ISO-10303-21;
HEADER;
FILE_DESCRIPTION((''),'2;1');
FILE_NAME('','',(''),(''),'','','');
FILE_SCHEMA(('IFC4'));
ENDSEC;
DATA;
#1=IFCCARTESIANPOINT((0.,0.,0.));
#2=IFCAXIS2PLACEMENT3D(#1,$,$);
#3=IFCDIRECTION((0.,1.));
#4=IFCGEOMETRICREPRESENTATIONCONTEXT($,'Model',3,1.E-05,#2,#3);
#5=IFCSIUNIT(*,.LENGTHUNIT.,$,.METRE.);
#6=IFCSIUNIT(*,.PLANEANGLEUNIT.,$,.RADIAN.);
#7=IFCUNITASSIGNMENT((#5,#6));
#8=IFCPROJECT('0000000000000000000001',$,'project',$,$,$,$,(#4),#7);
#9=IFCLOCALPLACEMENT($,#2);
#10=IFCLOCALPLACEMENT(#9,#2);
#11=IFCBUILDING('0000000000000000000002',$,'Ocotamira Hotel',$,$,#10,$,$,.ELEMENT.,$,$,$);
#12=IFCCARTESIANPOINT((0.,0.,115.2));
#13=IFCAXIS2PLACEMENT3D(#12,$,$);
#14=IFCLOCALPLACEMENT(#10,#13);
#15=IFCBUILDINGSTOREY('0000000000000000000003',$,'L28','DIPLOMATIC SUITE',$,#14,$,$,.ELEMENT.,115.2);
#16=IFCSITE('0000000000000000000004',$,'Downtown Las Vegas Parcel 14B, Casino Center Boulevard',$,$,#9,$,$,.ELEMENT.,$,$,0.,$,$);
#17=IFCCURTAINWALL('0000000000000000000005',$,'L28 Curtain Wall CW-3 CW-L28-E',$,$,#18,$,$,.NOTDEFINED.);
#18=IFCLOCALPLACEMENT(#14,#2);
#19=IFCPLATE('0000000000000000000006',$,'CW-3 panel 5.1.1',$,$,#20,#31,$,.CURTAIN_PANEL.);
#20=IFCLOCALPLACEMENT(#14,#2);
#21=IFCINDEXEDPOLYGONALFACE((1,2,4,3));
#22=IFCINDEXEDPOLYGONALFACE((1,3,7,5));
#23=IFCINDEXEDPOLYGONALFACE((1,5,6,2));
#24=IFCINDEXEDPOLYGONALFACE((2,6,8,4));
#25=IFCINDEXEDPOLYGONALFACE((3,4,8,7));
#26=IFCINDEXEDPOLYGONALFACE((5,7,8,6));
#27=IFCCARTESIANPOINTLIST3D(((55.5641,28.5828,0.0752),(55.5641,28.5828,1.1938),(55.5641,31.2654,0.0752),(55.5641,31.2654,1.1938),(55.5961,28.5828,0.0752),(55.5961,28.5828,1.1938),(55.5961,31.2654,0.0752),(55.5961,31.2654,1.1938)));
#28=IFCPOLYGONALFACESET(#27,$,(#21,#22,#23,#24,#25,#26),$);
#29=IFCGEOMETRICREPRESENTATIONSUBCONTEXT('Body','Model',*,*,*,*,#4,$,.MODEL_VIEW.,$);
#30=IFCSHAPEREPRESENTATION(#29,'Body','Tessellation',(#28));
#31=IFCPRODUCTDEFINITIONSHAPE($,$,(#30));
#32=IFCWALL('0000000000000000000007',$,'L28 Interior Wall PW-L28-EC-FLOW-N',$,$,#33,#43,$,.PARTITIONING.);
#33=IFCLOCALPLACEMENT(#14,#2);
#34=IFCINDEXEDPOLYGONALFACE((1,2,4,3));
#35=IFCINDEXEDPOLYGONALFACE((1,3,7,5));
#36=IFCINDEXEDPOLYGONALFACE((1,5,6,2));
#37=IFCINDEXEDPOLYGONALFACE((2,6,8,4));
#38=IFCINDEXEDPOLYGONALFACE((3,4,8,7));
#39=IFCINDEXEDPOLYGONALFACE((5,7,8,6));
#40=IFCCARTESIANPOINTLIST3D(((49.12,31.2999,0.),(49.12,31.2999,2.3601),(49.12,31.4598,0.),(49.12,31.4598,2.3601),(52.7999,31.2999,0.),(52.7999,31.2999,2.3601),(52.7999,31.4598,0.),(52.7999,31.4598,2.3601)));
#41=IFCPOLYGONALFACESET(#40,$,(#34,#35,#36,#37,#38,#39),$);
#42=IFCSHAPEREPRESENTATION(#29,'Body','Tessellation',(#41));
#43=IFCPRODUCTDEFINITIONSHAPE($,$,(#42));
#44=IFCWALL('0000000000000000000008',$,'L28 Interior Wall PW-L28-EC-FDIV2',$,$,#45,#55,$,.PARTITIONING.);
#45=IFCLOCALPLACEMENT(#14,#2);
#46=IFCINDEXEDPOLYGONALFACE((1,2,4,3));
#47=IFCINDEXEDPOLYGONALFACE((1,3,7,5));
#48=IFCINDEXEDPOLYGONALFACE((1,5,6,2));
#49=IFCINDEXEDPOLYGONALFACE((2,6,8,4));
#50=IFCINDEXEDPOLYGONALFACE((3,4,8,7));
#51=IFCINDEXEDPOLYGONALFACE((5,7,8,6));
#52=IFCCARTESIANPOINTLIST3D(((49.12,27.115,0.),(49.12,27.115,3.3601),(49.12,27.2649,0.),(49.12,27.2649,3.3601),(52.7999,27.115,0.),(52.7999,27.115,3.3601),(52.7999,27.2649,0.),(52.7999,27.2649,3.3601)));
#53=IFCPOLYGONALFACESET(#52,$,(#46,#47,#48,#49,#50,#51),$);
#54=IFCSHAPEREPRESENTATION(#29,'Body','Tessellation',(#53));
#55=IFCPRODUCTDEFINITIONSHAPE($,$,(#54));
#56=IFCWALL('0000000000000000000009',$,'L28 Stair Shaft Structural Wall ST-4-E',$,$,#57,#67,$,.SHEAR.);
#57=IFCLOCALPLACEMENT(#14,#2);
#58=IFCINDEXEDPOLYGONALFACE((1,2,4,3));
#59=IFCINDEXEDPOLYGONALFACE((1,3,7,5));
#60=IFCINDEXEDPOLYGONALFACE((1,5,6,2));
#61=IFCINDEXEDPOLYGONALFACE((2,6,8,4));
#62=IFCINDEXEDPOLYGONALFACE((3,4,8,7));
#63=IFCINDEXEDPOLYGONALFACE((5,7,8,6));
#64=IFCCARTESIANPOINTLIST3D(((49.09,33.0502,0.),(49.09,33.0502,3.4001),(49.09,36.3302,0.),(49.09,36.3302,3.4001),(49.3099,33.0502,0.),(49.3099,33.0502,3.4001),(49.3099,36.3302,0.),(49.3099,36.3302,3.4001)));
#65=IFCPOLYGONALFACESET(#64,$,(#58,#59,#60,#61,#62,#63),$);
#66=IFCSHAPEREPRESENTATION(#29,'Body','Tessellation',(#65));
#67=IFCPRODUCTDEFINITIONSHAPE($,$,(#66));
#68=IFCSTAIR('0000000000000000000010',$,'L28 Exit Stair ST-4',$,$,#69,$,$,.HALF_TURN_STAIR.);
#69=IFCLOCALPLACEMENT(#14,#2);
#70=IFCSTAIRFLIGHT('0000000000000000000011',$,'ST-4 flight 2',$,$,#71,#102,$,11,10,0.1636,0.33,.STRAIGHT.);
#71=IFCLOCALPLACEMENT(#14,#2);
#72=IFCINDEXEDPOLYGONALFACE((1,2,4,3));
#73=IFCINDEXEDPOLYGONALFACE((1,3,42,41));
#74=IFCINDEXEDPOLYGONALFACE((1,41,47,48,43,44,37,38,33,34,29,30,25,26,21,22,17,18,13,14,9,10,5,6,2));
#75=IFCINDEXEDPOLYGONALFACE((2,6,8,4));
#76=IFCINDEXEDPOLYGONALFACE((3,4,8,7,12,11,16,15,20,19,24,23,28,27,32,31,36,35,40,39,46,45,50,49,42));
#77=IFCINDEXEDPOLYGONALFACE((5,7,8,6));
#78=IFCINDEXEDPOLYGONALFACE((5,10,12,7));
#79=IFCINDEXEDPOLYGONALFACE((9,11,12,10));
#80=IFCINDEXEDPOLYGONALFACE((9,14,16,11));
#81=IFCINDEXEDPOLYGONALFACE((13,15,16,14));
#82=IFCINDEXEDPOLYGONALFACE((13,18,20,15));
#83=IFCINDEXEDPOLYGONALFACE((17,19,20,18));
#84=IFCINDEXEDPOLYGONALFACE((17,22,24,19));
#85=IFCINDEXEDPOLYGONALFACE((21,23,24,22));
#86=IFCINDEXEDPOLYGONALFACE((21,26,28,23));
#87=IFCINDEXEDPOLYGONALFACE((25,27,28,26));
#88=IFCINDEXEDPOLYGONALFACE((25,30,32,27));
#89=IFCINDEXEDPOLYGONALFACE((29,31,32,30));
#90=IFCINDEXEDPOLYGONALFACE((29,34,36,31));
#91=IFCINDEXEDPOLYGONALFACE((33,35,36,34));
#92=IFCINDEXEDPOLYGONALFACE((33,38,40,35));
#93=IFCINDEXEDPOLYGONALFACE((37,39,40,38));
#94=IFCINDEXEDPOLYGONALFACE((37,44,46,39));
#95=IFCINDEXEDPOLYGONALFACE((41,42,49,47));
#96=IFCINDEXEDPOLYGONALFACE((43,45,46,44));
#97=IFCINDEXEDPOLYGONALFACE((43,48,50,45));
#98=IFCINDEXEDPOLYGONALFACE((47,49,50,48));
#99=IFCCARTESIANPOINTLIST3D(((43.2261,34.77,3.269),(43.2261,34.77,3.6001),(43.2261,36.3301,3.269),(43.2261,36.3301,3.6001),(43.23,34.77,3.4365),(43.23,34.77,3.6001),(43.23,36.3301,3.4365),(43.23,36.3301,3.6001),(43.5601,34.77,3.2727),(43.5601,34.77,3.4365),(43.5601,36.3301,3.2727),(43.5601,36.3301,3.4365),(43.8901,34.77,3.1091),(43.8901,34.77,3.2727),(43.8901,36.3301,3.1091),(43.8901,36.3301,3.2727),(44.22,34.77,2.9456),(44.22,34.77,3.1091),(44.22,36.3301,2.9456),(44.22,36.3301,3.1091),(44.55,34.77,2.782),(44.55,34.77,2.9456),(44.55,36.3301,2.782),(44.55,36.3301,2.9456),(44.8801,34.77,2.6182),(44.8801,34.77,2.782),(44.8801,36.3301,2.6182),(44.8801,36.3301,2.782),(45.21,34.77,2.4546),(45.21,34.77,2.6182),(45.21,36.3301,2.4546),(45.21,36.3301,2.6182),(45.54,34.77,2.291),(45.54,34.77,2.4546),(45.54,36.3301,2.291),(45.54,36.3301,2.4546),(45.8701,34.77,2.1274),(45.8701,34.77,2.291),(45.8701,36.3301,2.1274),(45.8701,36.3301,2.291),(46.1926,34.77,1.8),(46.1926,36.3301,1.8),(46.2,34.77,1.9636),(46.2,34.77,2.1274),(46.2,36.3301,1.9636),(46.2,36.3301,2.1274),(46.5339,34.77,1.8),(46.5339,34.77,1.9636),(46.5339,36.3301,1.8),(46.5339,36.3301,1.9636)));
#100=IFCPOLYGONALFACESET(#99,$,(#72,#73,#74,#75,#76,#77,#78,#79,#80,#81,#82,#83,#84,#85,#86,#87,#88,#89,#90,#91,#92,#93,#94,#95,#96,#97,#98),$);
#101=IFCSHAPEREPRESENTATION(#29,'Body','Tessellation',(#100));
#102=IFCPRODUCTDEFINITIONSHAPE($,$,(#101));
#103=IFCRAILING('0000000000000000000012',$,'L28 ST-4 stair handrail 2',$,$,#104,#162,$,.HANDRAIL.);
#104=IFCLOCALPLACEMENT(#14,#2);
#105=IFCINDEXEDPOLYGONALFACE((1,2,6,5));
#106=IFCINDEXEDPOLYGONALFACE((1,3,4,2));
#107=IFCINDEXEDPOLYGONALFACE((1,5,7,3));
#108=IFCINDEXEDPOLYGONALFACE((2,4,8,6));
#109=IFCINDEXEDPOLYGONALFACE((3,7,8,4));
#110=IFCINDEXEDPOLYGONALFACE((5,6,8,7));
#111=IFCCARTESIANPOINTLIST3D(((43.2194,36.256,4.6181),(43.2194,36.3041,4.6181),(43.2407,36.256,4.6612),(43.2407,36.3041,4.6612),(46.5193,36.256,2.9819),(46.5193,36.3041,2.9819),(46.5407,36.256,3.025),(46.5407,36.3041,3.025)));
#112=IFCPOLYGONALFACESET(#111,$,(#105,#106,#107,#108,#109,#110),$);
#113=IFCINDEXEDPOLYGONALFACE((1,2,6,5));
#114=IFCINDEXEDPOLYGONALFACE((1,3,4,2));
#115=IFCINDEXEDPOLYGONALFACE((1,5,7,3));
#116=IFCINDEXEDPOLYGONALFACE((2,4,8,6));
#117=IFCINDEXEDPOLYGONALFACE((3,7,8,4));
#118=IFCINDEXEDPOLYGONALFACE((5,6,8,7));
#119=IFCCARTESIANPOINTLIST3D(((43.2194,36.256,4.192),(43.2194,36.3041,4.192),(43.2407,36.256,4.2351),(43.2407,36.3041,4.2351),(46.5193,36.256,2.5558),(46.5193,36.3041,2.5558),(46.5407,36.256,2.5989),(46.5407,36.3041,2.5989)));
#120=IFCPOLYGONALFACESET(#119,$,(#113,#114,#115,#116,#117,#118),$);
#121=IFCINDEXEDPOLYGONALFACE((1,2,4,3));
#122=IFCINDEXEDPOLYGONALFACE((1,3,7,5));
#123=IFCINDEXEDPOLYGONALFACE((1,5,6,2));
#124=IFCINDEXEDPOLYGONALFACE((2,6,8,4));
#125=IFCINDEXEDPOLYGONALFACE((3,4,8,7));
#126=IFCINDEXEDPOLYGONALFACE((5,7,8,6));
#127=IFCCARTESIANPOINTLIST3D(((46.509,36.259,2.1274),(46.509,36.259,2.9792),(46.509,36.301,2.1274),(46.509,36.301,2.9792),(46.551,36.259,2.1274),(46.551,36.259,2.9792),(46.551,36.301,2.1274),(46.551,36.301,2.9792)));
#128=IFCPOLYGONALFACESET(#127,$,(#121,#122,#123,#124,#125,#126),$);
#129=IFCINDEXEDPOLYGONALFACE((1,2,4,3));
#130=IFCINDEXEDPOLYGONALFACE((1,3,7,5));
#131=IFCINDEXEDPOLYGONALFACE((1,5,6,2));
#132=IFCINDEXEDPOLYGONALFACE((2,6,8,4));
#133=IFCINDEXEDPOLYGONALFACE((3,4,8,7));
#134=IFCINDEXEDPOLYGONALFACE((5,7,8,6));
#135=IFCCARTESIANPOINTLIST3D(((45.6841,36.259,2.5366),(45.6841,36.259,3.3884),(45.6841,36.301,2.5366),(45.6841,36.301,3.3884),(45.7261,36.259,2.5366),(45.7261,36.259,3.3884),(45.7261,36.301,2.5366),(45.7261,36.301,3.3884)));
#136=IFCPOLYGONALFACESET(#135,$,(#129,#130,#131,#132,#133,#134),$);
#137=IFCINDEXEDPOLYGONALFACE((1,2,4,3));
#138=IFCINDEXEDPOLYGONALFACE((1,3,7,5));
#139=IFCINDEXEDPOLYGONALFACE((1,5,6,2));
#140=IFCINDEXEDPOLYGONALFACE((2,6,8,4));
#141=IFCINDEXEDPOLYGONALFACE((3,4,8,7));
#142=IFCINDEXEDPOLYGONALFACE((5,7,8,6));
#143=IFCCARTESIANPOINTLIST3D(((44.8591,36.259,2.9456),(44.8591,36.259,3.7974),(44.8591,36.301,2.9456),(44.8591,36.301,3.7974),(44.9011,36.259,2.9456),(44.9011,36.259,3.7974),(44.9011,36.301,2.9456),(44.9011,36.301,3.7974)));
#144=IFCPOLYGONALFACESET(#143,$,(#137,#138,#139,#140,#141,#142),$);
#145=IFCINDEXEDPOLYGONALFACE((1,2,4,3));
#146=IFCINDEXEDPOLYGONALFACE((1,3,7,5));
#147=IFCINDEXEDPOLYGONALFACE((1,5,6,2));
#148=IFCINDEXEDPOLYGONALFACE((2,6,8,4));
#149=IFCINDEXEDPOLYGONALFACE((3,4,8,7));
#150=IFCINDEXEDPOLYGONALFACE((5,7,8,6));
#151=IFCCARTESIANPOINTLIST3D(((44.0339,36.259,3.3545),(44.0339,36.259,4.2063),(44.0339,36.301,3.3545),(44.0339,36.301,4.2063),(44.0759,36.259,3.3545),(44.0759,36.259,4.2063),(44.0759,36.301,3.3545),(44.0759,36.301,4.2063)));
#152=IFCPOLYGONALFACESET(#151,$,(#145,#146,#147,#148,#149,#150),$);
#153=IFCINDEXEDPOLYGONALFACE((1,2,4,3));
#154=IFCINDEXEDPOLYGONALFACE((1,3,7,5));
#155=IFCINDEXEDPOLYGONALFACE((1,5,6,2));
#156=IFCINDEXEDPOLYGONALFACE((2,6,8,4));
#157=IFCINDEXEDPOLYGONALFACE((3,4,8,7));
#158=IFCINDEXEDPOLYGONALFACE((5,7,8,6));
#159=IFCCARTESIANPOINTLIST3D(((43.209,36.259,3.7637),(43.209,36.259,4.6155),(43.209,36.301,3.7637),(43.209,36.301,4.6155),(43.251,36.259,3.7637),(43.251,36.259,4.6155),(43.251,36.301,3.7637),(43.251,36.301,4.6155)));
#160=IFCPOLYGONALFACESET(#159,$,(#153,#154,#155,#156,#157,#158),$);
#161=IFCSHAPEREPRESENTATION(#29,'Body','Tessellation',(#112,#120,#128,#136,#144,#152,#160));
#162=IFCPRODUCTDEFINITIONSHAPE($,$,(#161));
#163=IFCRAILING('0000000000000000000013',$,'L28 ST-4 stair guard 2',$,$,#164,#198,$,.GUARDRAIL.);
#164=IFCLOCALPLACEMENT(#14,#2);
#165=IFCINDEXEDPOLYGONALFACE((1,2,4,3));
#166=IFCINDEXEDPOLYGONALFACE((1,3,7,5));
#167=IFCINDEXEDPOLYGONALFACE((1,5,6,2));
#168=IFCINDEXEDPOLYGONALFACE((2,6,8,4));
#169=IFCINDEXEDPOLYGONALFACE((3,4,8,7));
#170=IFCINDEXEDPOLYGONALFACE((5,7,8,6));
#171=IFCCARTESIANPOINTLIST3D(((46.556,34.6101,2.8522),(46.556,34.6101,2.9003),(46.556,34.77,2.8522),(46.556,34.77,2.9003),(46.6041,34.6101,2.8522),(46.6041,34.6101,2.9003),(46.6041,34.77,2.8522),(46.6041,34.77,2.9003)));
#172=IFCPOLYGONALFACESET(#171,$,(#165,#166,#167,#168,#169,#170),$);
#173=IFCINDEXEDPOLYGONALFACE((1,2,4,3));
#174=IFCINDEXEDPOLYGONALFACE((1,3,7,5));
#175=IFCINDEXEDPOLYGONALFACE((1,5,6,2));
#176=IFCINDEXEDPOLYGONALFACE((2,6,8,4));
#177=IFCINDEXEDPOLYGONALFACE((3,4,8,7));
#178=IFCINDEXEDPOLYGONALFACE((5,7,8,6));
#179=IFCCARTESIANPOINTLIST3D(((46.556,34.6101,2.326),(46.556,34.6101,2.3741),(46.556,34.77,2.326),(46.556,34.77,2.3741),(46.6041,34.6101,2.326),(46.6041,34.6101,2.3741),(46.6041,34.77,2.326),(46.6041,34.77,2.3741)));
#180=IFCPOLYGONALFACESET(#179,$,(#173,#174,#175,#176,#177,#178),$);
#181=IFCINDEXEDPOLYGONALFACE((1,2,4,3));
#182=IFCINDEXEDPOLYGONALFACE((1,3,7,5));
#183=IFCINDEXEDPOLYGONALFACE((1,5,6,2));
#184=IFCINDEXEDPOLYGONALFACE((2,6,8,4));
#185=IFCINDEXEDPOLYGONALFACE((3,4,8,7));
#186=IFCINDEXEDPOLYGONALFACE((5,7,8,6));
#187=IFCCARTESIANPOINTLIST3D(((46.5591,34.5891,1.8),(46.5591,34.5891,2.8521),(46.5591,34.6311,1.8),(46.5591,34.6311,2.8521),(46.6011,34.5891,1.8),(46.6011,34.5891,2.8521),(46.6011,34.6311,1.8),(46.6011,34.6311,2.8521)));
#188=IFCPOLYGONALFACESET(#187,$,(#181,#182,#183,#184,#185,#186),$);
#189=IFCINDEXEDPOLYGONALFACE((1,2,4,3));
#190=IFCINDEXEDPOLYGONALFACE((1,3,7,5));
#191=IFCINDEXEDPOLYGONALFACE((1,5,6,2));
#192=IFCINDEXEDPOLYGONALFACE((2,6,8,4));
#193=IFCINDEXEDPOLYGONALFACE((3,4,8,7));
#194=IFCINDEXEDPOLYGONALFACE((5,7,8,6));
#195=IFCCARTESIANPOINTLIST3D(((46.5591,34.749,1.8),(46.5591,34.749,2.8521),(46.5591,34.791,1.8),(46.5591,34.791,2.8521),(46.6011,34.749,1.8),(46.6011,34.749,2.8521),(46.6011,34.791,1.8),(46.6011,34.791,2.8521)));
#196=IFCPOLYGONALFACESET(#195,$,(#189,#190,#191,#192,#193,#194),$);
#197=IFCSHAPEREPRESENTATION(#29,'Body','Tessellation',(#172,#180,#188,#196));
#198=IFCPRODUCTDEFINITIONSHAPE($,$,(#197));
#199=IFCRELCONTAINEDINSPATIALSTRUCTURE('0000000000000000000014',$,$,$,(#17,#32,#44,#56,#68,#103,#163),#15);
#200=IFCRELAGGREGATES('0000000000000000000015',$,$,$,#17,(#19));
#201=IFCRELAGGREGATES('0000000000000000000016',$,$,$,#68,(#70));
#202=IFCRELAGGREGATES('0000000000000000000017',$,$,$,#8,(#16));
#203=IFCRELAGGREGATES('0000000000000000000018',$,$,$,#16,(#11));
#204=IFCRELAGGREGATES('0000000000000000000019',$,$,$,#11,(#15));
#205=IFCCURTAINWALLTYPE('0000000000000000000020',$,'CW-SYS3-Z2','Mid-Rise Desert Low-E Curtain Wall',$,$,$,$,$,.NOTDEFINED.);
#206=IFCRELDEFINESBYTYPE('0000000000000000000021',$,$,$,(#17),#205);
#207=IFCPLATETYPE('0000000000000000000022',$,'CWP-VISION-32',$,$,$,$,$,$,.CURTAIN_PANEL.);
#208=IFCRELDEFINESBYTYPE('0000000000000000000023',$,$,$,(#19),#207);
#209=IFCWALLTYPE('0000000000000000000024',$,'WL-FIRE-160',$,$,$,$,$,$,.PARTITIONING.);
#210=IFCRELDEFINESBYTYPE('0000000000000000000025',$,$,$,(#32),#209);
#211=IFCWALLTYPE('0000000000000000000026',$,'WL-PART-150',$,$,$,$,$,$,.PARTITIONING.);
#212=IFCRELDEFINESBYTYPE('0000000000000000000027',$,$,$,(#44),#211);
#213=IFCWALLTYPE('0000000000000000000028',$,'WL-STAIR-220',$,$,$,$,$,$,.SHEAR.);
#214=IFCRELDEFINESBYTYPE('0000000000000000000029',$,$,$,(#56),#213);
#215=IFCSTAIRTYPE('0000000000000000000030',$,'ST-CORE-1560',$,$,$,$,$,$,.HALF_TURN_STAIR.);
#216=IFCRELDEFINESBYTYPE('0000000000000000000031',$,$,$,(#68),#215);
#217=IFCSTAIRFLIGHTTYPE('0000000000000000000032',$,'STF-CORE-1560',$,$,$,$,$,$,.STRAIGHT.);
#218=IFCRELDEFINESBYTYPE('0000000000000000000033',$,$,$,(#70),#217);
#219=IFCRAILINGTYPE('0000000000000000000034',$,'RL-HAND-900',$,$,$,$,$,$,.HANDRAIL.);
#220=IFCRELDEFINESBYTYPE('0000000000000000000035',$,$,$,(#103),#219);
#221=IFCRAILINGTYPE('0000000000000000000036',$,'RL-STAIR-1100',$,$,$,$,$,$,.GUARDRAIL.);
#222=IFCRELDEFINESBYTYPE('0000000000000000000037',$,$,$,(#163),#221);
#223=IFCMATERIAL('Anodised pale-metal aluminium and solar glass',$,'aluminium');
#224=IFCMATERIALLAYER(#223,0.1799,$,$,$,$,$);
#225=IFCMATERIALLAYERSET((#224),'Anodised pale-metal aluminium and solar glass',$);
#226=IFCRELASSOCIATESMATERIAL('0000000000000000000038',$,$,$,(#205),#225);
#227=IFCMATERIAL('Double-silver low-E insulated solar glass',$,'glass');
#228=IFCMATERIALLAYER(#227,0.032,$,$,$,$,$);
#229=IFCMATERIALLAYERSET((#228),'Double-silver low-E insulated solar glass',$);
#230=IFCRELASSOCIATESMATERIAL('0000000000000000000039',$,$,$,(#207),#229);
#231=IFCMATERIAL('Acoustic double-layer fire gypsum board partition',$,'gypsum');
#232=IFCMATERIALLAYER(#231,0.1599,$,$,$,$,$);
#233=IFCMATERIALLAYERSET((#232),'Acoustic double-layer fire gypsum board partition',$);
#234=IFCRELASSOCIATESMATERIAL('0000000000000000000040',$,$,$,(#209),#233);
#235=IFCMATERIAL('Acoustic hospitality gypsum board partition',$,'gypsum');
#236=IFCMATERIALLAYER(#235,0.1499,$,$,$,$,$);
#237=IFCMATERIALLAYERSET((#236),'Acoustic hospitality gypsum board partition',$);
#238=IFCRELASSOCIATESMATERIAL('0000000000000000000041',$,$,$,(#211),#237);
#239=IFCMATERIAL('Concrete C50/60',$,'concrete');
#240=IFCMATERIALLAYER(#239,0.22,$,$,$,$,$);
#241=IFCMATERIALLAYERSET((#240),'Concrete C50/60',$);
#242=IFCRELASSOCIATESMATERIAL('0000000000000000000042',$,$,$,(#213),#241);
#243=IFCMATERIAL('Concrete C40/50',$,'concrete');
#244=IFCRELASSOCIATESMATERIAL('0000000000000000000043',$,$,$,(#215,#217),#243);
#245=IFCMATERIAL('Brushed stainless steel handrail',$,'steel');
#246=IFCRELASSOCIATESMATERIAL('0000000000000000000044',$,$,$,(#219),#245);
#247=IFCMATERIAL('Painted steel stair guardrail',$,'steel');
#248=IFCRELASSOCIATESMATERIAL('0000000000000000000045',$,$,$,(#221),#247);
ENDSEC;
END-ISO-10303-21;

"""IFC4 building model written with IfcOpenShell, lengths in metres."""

from ifc_helpers import new_model, si_unit, direction, frame, frame_2d, origin, origin_2d, place, context, subcontext, project, spatial, polyline, rectangle, outline, extrude, source, transform, mapped, material, layer, layer_set, type_object, element, aggregate, save


model = new_model("IFC4")

# Units and contexts
model_context = context("Model", 3, precision=1e-05, world=origin(), true_north=direction((0.0, 1.0)))
body_context = subcontext(model_context, "Body", "Model", "MODEL_VIEW")
ifc_project = project(units=[si_unit("LENGTHUNIT", "METRE"), si_unit("PLANEANGLEUNIT", "RADIAN")], contexts=[model_context])

# Site, building, storey
site_placement = place(None, origin())
site = spatial("IfcSite", under=ifc_project, at=site_placement, Name="Downtown Las Vegas Parcel 14B, Casino Center Boulevard", CompositionType="ELEMENT", RefElevation=0.0)
building_placement = place(site_placement, origin())
building = spatial("IfcBuilding", under=site, at=building_placement, Name="Ocotamira Hotel", CompositionType="ELEMENT")
storey_placement = place(building_placement, frame((0.0, 0.0, 115.2)))
storey = spatial("IfcBuildingStorey", under=building, at=storey_placement, Name="L28", Description="DIPLOMATIC SUITE", CompositionType="ELEMENT", Elevation=115.2)

# Curtain wall
ifc_material_1 = material(Name="Anodised pale-metal aluminium and solar glass", Category="aluminium")
ifc_layer_1 = layer(ifc_material_1, 0.1799)
ifc_layer_set_1 = layer_set([ifc_layer_1], Name="Anodised pale-metal aluminium and solar glass")
curtain_wall_type = type_object("IfcCurtainWallType", Name="CW-SYS3-Z2", Description="Mid-Rise Desert Low-E Curtain Wall", PredefinedType="NOTDEFINED", material=ifc_layer_set_1)
curtain_wall_placement = place(storey_placement, origin())
curtain_wall = element("IfcCurtainWall", 1, at=curtain_wall_placement, inside=storey, type_object=curtain_wall_type, Name="L28 Curtain Wall CW-3 CW-L28-E", PredefinedType="NOTDEFINED")

# Plate
ifc_material_2 = material(Name="Double-silver low-E insulated solar glass", Category="glass")
ifc_layer_2 = layer(ifc_material_2, 0.032)
ifc_layer_set_2 = layer_set([ifc_layer_2], Name="Double-silver low-E insulated solar glass")
plate_type_1 = type_object("IfcPlateType", Name="CWP-VISION-32", PredefinedType="CURTAIN_PANEL", material=ifc_layer_set_2)
shared_shape_1 = source(origin(), body_context, "Body", "SweptSolid", [
    extrude(rectangle(XDim=2.6826, YDim=0.032, at=origin_2d()), origin(), (0.0, 0.0, 1.0), 1.1187),
])
plate_1_placement = place(storey_placement, frame((55.5801, 29.9241, 0.0752), z_axis=(0.0, 0.0, 1.0), x_axis=(0.0, 1.0, 0.0)))
plate_1 = element("IfcPlate", 2, at=plate_1_placement, type_object=plate_type_1, Name="CW-3 panel 5.1.1", PredefinedType="CURTAIN_PANEL", context=body_context, shape_type="MappedRepresentation", body=[
    mapped(shared_shape_1, transform((0.0, 0.0, 0.0), scale=1.0)),
])
aggregate(curtain_wall, [plate_1])

# Walls
ifc_material_3 = material(Name="Acoustic double-layer fire gypsum board partition", Category="gypsum")
ifc_layer_3 = layer(ifc_material_3, 0.1599)
ifc_layer_set_3 = layer_set([ifc_layer_3], Name="Acoustic double-layer fire gypsum board partition")
wall_type_1 = type_object("IfcWallType", Name="WL-FIRE-160", PredefinedType="PARTITIONING", material=ifc_layer_set_3)
wall_1_placement = place(storey_placement, frame((49.1201, 31.3799, 0.0), z_axis=(0.0, 0.0, 1.0), x_axis=(1.0, 0.0, 0.0)))
element("IfcWall", 3, at=wall_1_placement, inside=storey, type_object=wall_type_1, Name="L28 Interior Wall PW-L28-EC-FLOW-N", PredefinedType="PARTITIONING", context=body_context, shape_type="SweptSolid", body=[
    extrude(rectangle(XDim=3.6799, YDim=0.1599, at=frame_2d((1.8398, 0.0))), origin(), (0.0, 0.0, 1.0), 2.3601),
])
ifc_material_4 = material(Name="Acoustic hospitality gypsum board partition", Category="gypsum")
ifc_layer_4 = layer(ifc_material_4, 0.1499)
ifc_layer_set_4 = layer_set([ifc_layer_4], Name="Acoustic hospitality gypsum board partition")
wall_type_2 = type_object("IfcWallType", Name="WL-PART-150", PredefinedType="PARTITIONING", material=ifc_layer_set_4)
wall_2_placement = place(storey_placement, frame((49.1201, 27.1899, 0.0), z_axis=(0.0, 0.0, 1.0), x_axis=(1.0, 0.0, 0.0)))
element("IfcWall", 4, at=wall_2_placement, inside=storey, type_object=wall_type_2, Name="L28 Interior Wall PW-L28-EC-FDIV2", PredefinedType="PARTITIONING", context=body_context, shape_type="SweptSolid", body=[
    extrude(rectangle(XDim=3.6799, YDim=0.1499, at=frame_2d((1.8398, 0.0))), origin(), (0.0, 0.0, 1.0), 3.3601),
])

# Wall
ifc_material_5 = material(Name="Concrete C50/60", Category="concrete")
ifc_layer_5 = layer(ifc_material_5, 0.22)
ifc_layer_set_5 = layer_set([ifc_layer_5], Name="Concrete C50/60")
wall_type_3 = type_object("IfcWallType", Name="WL-STAIR-220", PredefinedType="SHEAR", material=ifc_layer_set_5)
wall_3_placement = place(storey_placement, frame((49.2, 33.05, 0.0), z_axis=(0.0, 0.0, 1.0), x_axis=(0.0, 1.0, 0.0)))
element("IfcWall", 5, at=wall_3_placement, inside=storey, type_object=wall_type_3, Name="L28 Stair Shaft Structural Wall ST-4-E", PredefinedType="SHEAR", context=body_context, shape_type="SweptSolid", body=[
    extrude(rectangle(XDim=3.28, YDim=0.22, at=frame_2d((1.6401, 0.0))), origin(), (0.0, 0.0, 1.0), 3.4001),
])

# Stair, stair flight
ifc_material_6 = material(Name="Concrete C40/50", Category="concrete")
stair_type = type_object("IfcStairType", Name="ST-CORE-1560", PredefinedType="HALF_TURN_STAIR", material=ifc_material_6)
stair_placement = place(storey_placement, origin())
stair = element("IfcStair", 6, at=stair_placement, inside=storey, type_object=stair_type, Name="L28 Exit Stair ST-4", PredefinedType="HALF_TURN_STAIR")
stair_flight_type = type_object("IfcStairFlightType", Name="STF-CORE-1560", PredefinedType="STRAIGHT", material=ifc_material_6)
shared_shape_2 = source(origin(), body_context, "Body", "SweptSolid", [
    extrude(outline(polyline([(-0.0039, 0.0), (-0.0039, 0.1636), (0.3301, 0.1636), (0.3301, 0.3274), (0.6599, 0.3274), (0.6599, 0.491), (0.99, 0.491), (0.99, 0.6545), (1.3201, 0.6545), (1.3201, 0.8181), (1.6499, 0.8181), (1.6499, 0.9819), (1.98, 0.9819), (1.98, 1.1455), (2.3101, 1.1455), (2.3101, 1.3091), (2.6399, 1.3091), (2.6399, 1.4727), (2.97, 1.4727), (2.97, 1.6365), (3.3, 1.6365), (3.3, 1.8), (3.304, 1.8), (3.304, 1.469), (0.3374, 0.0), (-0.0039, 0.0)])), frame((0.0, 0.78, 0.0), z_axis=(0.0, -1.0, 0.0), x_axis=(1.0, 0.0, 0.0)), (0.0, 0.0, 1.0), 1.5601),
])
stair_flight_placement = place(storey_placement, frame((46.53, 35.55, 1.8), z_axis=(0.0, 0.0, 1.0), x_axis=(-1.0, 0.0, 0.0)))
stair_flight = element("IfcStairFlight", 7, at=stair_flight_placement, type_object=stair_flight_type, Name="ST-4 flight 2", NumberOfRisers=11, NumberOfTreads=10, PredefinedType="STRAIGHT", RiserHeight=0.1636, TreadLength=0.33, context=body_context, shape_type="MappedRepresentation", body=[
    mapped(shared_shape_2, transform((0.0, 0.0, 0.0), scale=1.0)),
])
aggregate(stair, [stair_flight])

# Railings
ifc_material_7 = material(Name="Brushed stainless steel handrail", Category="steel")
railing_type_1 = type_object("IfcRailingType", Name="RL-HAND-900", PredefinedType="HANDRAIL", material=ifc_material_7)
railing_1_placement = place(storey_placement, frame((46.53, 36.28, 2.1274)))
element("IfcRailing", 8, at=railing_1_placement, inside=storey, type_object=railing_type_1, Name="L28 ST-4 stair handrail 2", PredefinedType="HANDRAIL", context=body_context, shape_type="SweptSolid", body=[
    extrude(rectangle(XDim=0.0481, YDim=0.0481, at=origin_2d()), frame((0.0, 0.0, 0.876), z_axis=(-0.89592, 0.0, 0.444215), x_axis=(0.0, -1.0, 0.0)), (0.0, 0.0, 1.0), 3.6833),
    extrude(rectangle(XDim=0.0481, YDim=0.0481, at=origin_2d()), frame((0.0, 0.0, 0.45), z_axis=(-0.89592, 0.0, 0.444215), x_axis=(0.0, -1.0, 0.0)), (0.0, 0.0, 1.0), 3.6833),
    extrude(rectangle(XDim=0.042, YDim=0.042, at=origin_2d()), origin(), (0.0, 0.0, 1.0), 0.8518),
    extrude(rectangle(XDim=0.042, YDim=0.042, at=origin_2d()), frame((-0.825, 0.0, 0.4092)), (0.0, 0.0, 1.0), 0.8518),
    extrude(rectangle(XDim=0.042, YDim=0.042, at=origin_2d()), frame((-1.6499, 0.0, 0.8181)), (0.0, 0.0, 1.0), 0.8518),
    extrude(rectangle(XDim=0.042, YDim=0.042, at=origin_2d()), frame((-2.4751, 0.0, 1.2271)), (0.0, 0.0, 1.0), 0.8518),
    extrude(rectangle(XDim=0.042, YDim=0.042, at=origin_2d()), frame((-3.3, 0.0, 1.6362)), (0.0, 0.0, 1.0), 0.8518),
])
ifc_material_8 = material(Name="Painted steel stair guardrail", Category="steel")
railing_type_2 = type_object("IfcRailingType", Name="RL-STAIR-1100", PredefinedType="GUARDRAIL", material=ifc_material_8)
railing_2_placement = place(storey_placement, frame((46.5801, 34.6101, 1.8)))
element("IfcRailing", 9, at=railing_2_placement, inside=storey, type_object=railing_type_2, Name="L28 ST-4 stair guard 2", PredefinedType="GUARDRAIL", context=body_context, shape_type="SweptSolid", body=[
    extrude(rectangle(XDim=0.0481, YDim=0.0481, at=origin_2d()), frame((0.0, 0.0, 1.0762), z_axis=(0.0, 1.0, 0.0), x_axis=(-1.0, 0.0, 0.0)), (0.0, 0.0, 1.0), 0.1599),
    extrude(rectangle(XDim=0.0481, YDim=0.0481, at=origin_2d()), frame((0.0, 0.0, 0.55), z_axis=(0.0, 1.0, 0.0), x_axis=(-1.0, 0.0, 0.0)), (0.0, 0.0, 1.0), 0.1599),
    extrude(rectangle(XDim=0.042, YDim=0.042, at=origin_2d()), origin(), (0.0, 0.0, 1.0), 1.052),
    extrude(rectangle(XDim=0.042, YDim=0.042, at=origin_2d()), frame((0.0, 0.1599, 0.0)), (0.0, 0.0, 1.0), 1.052),
])

save(model, "model.ifc")
